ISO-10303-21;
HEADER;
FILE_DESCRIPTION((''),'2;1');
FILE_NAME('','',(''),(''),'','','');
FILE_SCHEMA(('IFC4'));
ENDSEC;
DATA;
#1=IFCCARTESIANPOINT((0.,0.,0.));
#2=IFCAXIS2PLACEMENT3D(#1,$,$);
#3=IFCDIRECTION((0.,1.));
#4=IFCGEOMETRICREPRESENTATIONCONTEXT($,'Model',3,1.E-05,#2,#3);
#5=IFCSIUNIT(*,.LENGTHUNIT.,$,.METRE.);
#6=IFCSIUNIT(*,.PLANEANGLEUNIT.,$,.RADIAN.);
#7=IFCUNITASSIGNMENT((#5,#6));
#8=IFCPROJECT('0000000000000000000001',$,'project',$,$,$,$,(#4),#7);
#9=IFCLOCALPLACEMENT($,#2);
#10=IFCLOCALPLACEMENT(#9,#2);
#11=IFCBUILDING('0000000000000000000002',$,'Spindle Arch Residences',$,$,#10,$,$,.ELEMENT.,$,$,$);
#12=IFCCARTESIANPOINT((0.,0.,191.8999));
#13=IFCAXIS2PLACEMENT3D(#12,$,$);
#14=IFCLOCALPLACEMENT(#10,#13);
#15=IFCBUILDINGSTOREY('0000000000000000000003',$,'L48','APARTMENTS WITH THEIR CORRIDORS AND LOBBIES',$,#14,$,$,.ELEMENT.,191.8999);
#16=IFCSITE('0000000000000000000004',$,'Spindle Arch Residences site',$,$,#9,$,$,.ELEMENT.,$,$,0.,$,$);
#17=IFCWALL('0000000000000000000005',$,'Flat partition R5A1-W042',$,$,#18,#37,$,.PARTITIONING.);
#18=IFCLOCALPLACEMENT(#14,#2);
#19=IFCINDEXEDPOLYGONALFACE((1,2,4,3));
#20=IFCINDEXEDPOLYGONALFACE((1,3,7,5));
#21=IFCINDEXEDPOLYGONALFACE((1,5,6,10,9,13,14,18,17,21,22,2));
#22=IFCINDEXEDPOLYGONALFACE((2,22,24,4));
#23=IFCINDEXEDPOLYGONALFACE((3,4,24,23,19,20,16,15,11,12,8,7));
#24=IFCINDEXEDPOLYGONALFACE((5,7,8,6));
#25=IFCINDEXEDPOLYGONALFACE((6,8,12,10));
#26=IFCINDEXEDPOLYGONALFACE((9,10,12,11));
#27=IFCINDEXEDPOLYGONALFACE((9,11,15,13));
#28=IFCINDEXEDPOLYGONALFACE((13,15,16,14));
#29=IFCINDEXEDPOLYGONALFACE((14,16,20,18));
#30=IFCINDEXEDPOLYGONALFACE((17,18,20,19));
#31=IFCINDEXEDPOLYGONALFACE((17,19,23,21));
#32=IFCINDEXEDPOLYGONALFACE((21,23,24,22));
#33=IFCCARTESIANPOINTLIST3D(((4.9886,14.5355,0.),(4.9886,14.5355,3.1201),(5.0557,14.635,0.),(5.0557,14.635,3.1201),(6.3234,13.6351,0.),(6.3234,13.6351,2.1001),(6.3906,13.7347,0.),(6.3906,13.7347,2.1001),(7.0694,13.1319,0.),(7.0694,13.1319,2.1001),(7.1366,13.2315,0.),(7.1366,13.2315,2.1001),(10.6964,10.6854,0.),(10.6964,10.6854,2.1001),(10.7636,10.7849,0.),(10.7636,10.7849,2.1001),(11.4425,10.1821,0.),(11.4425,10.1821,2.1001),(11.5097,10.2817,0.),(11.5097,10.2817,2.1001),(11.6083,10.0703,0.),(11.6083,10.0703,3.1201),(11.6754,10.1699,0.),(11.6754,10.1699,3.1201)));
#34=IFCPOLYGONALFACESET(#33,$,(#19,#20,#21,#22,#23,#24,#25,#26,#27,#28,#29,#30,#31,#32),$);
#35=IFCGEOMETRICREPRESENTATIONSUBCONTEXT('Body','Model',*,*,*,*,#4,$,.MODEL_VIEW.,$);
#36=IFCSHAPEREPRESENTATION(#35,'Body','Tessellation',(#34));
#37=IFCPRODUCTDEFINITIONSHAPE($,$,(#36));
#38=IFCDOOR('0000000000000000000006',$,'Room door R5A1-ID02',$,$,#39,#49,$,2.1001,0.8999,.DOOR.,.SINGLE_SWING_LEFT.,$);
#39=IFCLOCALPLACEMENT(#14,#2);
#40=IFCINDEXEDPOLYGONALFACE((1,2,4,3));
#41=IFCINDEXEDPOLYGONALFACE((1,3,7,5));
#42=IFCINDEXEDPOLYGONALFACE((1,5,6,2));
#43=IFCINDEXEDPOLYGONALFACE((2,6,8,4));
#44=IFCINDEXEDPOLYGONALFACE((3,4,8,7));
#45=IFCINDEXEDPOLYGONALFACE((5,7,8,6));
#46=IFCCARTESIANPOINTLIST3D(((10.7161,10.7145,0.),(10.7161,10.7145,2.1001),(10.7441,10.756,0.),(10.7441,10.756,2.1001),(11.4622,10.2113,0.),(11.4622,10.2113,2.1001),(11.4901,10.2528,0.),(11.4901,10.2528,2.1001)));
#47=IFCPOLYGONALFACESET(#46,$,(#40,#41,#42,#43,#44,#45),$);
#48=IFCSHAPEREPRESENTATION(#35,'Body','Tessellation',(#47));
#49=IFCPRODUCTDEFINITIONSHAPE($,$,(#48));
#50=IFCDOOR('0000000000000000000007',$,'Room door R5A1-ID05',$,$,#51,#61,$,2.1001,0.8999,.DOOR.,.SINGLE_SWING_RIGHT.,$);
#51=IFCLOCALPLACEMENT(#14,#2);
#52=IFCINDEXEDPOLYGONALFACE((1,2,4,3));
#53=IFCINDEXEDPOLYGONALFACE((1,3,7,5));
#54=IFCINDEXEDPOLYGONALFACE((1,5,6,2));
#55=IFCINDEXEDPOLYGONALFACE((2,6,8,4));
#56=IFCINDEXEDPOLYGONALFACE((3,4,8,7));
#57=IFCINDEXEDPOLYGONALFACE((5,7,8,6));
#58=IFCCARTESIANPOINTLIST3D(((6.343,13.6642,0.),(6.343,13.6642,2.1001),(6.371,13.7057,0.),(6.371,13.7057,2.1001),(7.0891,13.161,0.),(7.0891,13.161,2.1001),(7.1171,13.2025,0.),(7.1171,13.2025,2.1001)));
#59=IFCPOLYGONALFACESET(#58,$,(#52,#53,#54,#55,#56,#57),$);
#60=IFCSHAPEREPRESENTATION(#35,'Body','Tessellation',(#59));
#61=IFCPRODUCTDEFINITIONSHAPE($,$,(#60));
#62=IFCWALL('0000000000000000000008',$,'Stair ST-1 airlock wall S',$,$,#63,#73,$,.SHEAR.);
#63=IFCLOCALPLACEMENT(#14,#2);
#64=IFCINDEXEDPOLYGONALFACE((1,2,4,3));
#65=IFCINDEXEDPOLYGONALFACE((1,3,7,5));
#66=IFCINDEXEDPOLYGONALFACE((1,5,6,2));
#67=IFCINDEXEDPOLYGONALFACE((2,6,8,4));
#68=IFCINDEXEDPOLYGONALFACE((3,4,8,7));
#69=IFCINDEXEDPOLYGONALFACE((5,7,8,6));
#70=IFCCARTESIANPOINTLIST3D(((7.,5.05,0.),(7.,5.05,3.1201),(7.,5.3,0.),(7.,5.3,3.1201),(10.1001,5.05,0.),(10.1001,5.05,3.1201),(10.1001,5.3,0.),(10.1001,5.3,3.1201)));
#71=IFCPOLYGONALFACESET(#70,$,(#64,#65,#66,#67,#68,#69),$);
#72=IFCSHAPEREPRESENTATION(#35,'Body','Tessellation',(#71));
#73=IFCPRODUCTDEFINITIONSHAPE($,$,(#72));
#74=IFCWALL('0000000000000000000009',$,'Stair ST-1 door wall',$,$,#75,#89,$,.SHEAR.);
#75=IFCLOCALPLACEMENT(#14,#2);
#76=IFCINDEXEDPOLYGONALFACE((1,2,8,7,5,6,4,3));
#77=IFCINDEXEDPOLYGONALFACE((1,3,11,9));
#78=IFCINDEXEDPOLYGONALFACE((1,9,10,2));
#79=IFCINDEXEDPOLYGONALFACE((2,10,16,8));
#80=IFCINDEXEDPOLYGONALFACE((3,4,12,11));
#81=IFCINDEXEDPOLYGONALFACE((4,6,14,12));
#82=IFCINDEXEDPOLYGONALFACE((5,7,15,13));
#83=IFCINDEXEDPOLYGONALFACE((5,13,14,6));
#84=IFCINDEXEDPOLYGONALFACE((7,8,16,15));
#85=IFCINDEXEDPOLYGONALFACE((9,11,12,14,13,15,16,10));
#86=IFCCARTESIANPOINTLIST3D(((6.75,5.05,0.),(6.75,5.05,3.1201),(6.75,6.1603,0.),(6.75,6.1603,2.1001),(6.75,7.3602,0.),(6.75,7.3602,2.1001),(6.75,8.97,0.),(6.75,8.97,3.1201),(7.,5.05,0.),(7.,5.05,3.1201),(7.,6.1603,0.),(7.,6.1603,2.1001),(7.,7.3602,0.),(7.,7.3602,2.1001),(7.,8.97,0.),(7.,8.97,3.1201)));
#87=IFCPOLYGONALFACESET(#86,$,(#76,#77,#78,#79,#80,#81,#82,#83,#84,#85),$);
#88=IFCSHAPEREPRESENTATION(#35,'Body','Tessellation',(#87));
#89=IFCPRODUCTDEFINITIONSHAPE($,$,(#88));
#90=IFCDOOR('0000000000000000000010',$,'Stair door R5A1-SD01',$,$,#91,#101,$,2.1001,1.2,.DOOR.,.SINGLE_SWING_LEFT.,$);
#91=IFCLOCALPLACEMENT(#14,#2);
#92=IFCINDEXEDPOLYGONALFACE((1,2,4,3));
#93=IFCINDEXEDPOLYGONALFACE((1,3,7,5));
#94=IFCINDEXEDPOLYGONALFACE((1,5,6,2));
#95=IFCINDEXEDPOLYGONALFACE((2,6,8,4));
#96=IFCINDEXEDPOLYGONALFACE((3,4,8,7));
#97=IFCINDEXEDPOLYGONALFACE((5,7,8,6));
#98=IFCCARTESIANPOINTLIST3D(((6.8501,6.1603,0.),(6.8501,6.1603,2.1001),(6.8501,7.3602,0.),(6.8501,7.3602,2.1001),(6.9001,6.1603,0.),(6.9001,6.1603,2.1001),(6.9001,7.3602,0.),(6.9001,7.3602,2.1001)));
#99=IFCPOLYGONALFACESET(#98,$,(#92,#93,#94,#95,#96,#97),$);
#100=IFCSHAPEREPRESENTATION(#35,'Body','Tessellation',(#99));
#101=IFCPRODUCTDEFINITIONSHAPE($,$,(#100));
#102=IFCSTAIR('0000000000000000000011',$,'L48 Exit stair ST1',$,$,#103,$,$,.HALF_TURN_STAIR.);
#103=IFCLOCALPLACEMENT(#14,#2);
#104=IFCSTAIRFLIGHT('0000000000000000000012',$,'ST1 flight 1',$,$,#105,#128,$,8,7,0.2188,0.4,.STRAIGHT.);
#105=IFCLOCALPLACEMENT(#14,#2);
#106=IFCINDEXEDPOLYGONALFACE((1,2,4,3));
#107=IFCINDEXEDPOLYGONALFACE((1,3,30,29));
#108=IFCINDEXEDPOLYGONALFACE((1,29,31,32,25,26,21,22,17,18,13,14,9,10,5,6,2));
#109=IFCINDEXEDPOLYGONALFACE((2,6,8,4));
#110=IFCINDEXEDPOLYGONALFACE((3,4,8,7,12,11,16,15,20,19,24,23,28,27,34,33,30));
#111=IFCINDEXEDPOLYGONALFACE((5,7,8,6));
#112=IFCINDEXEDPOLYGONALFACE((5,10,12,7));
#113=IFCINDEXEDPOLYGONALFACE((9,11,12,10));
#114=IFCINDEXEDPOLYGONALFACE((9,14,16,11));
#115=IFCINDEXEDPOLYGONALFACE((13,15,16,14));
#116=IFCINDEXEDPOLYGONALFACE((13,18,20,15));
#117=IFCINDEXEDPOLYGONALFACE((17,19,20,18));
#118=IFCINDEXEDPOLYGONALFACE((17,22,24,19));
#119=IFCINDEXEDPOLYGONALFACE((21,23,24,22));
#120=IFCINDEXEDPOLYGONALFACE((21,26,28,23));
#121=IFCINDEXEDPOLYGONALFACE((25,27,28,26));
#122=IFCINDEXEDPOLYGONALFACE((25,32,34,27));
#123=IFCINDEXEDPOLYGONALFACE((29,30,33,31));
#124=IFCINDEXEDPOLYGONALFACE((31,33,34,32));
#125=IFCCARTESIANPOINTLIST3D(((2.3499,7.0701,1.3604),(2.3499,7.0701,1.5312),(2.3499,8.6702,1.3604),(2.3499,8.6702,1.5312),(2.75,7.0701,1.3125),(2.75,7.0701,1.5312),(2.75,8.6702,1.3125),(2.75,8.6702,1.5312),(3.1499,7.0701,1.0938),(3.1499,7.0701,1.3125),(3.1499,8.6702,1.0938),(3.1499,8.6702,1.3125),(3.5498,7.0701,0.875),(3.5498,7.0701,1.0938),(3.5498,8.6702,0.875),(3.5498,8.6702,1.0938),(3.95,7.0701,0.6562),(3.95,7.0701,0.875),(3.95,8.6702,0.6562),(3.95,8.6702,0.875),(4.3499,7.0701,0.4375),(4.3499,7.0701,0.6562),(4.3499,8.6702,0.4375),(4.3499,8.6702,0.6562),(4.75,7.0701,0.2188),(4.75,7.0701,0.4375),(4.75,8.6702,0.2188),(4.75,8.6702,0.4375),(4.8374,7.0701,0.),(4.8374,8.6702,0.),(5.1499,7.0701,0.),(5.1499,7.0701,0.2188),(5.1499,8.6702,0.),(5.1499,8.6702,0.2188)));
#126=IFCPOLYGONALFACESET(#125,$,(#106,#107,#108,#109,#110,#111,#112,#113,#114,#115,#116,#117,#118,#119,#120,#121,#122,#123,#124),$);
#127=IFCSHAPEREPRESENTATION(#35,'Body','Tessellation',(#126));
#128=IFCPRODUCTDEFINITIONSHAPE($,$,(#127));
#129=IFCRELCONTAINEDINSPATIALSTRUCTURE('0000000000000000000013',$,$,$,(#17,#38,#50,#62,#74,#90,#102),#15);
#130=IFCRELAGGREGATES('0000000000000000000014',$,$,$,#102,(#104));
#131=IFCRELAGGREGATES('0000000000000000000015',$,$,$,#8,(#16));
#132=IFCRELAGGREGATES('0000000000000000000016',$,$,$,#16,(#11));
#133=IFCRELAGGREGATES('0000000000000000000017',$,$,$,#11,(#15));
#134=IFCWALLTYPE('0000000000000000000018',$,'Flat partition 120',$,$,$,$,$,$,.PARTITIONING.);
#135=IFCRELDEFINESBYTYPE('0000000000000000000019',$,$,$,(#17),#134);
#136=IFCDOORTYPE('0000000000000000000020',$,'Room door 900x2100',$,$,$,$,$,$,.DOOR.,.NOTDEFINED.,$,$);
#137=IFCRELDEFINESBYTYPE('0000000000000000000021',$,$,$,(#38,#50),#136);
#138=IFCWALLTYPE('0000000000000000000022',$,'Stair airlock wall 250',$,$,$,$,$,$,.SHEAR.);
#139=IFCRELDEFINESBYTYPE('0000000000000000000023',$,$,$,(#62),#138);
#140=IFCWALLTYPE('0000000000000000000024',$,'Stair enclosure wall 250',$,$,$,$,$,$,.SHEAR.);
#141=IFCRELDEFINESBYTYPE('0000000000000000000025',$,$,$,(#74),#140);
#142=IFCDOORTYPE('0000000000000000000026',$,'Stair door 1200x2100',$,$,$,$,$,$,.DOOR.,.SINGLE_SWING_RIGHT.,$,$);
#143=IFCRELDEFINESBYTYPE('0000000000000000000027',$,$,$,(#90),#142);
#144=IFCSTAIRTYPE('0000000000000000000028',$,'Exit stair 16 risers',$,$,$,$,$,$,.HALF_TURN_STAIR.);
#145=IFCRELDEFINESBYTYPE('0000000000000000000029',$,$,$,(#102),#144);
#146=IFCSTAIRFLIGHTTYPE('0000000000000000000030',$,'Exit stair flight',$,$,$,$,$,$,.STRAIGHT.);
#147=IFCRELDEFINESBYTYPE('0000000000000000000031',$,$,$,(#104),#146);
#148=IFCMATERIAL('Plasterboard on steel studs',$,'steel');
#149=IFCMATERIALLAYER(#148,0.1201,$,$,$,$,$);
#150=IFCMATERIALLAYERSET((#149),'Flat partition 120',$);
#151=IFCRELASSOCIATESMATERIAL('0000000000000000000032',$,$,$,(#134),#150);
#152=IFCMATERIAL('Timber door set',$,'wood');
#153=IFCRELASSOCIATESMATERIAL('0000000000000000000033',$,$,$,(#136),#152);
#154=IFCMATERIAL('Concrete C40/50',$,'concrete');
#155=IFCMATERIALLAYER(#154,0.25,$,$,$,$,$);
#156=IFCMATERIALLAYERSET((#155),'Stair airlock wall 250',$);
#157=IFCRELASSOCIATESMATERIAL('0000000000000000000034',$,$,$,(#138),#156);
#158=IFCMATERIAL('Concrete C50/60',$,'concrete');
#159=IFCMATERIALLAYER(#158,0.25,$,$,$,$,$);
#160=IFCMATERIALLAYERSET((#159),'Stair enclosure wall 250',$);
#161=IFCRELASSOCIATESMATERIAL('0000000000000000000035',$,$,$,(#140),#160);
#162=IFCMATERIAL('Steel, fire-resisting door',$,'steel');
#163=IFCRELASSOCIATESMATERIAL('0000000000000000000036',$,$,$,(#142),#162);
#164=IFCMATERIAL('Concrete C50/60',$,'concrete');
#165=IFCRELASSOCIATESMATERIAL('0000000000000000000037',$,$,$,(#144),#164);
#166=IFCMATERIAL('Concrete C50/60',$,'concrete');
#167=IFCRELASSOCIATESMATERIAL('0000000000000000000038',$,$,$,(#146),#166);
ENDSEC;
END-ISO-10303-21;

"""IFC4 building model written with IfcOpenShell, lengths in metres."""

from ifc_helpers import new_model, si_unit, direction, frame, frame_2d, origin, place, context, subcontext, project, spatial, polyline, rectangle, outline, extrude, material, layer, layer_set, type_object, element, fill, aggregate, save


model = new_model("IFC4")

# Units and contexts
model_context = context("Model", 3, precision=1e-05, world=origin(), true_north=direction((0.0, 1.0)))
body_context = subcontext(model_context, "Body", "Model", "MODEL_VIEW")
ifc_project = project(units=[si_unit("LENGTHUNIT", "METRE"), si_unit("PLANEANGLEUNIT", "RADIAN")], contexts=[model_context])

# Site, building, storey
site_placement = place(None, origin())
site = spatial("IfcSite", under=ifc_project, at=site_placement, Name="Spindle Arch Residences site", CompositionType="ELEMENT", RefElevation=0.0)
building_placement = place(site_placement, origin())
building = spatial("IfcBuilding", under=site, at=building_placement, Name="Spindle Arch Residences", CompositionType="ELEMENT")
storey_placement = place(building_placement, frame((0.0, 0.0, 191.8999)))
storey = spatial("IfcBuildingStorey", under=building, at=storey_placement, Name="L48", Description="APARTMENTS WITH THEIR CORRIDORS AND LOBBIES", CompositionType="ELEMENT", Elevation=191.8999)

# Wall, openings, doors
ifc_material_1 = material(Name="Plasterboard on steel studs", Category="steel")
ifc_layer_1 = layer(ifc_material_1, 0.1201)
ifc_layer_set_1 = layer_set([ifc_layer_1], Name="Flat partition 120")
wall_type_1 = type_object("IfcWallType", Name="Flat partition 120", PredefinedType="PARTITIONING", material=ifc_layer_set_1)
wall_1_placement = place(storey_placement, frame((11.6418, 10.1201, 0.0), z_axis=(0.0, 0.0, 1.0), x_axis=(-0.829032, 0.559201, 0.0)))
wall_1 = element("IfcWall", 1, at=wall_1_placement, inside=storey, type_object=wall_type_1, Name="Flat partition R5A1-W042", PredefinedType="PARTITIONING", context=body_context, shape_type="SweptSolid", body=[
    extrude(rectangle(XDim=7.9849, YDim=0.1201, at=frame_2d((3.9924, 0.0))), origin(), (0.0, 0.0, 1.0), 3.1201),
])
opening_1_placement = place(wall_1_placement, frame((0.2, 0.0, 0.0)))
opening_1 = element("IfcOpeningElement", 2, at=opening_1_placement, cuts=wall_1, PredefinedType="OPENING", context=body_context, shape_type="SweptSolid", body=[
    extrude(rectangle(XDim=0.8999, YDim=2.1001, at=frame_2d((0.45, 1.05))), frame((0.0, 0.0701, 0.0), z_axis=(0.0, -1.0, 0.0), x_axis=(1.0, 0.0, 0.0)), (0.0, 0.0, 1.0), 0.1401),
])
opening_2_placement = place(wall_1_placement, frame((5.4749, 0.0, 0.0)))
opening_2 = element("IfcOpeningElement", 3, at=opening_2_placement, cuts=wall_1, PredefinedType="OPENING", context=body_context, shape_type="SweptSolid", body=[
    extrude(rectangle(XDim=0.8999, YDim=2.1001, at=frame_2d((0.45, 1.05))), frame((0.0, 0.0701, 0.0), z_axis=(0.0, -1.0, 0.0), x_axis=(1.0, 0.0, 0.0)), (0.0, 0.0, 1.0), 0.1401),
])
ifc_material_2 = material(Name="Timber door set", Category="wood")
door_type_1 = type_object("IfcDoorType", Name="Room door 900x2100", OperationType="NOTDEFINED", PredefinedType="DOOR", material=ifc_material_2)
door_1_placement = place(opening_1_placement, origin())
door_1 = element("IfcDoor", 4, at=door_1_placement, inside=storey, type_object=door_type_1, Name="Room door R5A1-ID02", OperationType="SINGLE_SWING_LEFT", OverallHeight=2.1001, OverallWidth=0.8999, PredefinedType="DOOR", context=body_context, shape_type="SweptSolid", body=[
    extrude(rectangle(XDim=0.8999, YDim=2.1001, at=frame_2d((0.45, 1.05))), frame((0.0, 0.0249, 0.0), z_axis=(0.0, -1.0, 0.0), x_axis=(1.0, 0.0, 0.0)), (0.0, 0.0, 1.0), 0.05),
])
fill(opening_1, door_1)
door_2_placement = place(opening_2_placement, origin())
door_2 = element("IfcDoor", 5, at=door_2_placement, inside=storey, type_object=door_type_1, Name="Room door R5A1-ID05", OperationType="SINGLE_SWING_RIGHT", OverallHeight=2.1001, OverallWidth=0.8999, PredefinedType="DOOR", context=body_context, shape_type="SweptSolid", body=[
    extrude(rectangle(XDim=0.8999, YDim=2.1001, at=frame_2d((0.45, 1.05))), frame((0.0, 0.0249, 0.0), z_axis=(0.0, -1.0, 0.0), x_axis=(1.0, 0.0, 0.0)), (0.0, 0.0, 1.0), 0.05),
])
fill(opening_2, door_2)

# Wall
ifc_material_3 = material(Name="Concrete C40/50", Category="concrete")
ifc_layer_2 = layer(ifc_material_3, 0.25)
ifc_layer_set_2 = layer_set([ifc_layer_2], Name="Stair airlock wall 250")
wall_type_2 = type_object("IfcWallType", Name="Stair airlock wall 250", PredefinedType="SHEAR", material=ifc_layer_set_2)
wall_2_placement = place(storey_placement, frame((7.0, 5.175, 0.0), z_axis=(0.0, 0.0, 1.0), x_axis=(1.0, 0.0, 0.0)))
element("IfcWall", 6, at=wall_2_placement, inside=storey, type_object=wall_type_2, Name="Stair ST-1 airlock wall S", PredefinedType="SHEAR", context=body_context, shape_type="SweptSolid", body=[
    extrude(rectangle(XDim=3.1001, YDim=0.25, at=frame_2d((1.55, 0.0))), origin(), (0.0, 0.0, 1.0), 3.1201),
])

# Wall, opening, door
ifc_material_4 = material(Name="Concrete C50/60", Category="concrete")
ifc_layer_3 = layer(ifc_material_4, 0.25)
ifc_layer_set_3 = layer_set([ifc_layer_3], Name="Stair enclosure wall 250")
wall_type_3 = type_object("IfcWallType", Name="Stair enclosure wall 250", PredefinedType="SHEAR", material=ifc_layer_set_3)
wall_3_placement = place(storey_placement, frame((6.875, 5.05, 0.0), z_axis=(0.0, 0.0, 1.0), x_axis=(0.0, 1.0, 0.0)))
wall_3 = element("IfcWall", 7, at=wall_3_placement, inside=storey, type_object=wall_type_3, Name="Stair ST-1 door wall", PredefinedType="SHEAR", context=body_context, shape_type="SweptSolid", body=[
    extrude(rectangle(XDim=3.9199, YDim=0.25, at=frame_2d((1.96, 0.0))), origin(), (0.0, 0.0, 1.0), 3.1201),
])
opening_3_placement = place(wall_3_placement, frame((1.1101, 0.0, 0.0)))
opening_3 = element("IfcOpeningElement", 8, at=opening_3_placement, cuts=wall_3, PredefinedType="OPENING", context=body_context, shape_type="SweptSolid", body=[
    extrude(rectangle(XDim=1.2, YDim=2.1001, at=frame_2d((0.6001, 1.05))), frame((0.0, 0.135, 0.0), z_axis=(0.0, -1.0, 0.0), x_axis=(1.0, 0.0, 0.0)), (0.0, 0.0, 1.0), 0.27),
])
ifc_material_5 = material(Name="Steel, fire-resisting door", Category="steel")
door_type_2 = type_object("IfcDoorType", Name="Stair door 1200x2100", OperationType="SINGLE_SWING_RIGHT", PredefinedType="DOOR", material=ifc_material_5)
door_3_placement = place(opening_3_placement, origin())
door_3 = element("IfcDoor", 9, at=door_3_placement, inside=storey, type_object=door_type_2, Name="Stair door R5A1-SD01", OperationType="SINGLE_SWING_LEFT", OverallHeight=2.1001, OverallWidth=1.2, PredefinedType="DOOR", context=body_context, shape_type="SweptSolid", body=[
    extrude(rectangle(XDim=1.2, YDim=2.1001, at=frame_2d((0.6001, 1.05))), frame((0.0, 0.0249, 0.0), z_axis=(0.0, -1.0, 0.0), x_axis=(1.0, 0.0, 0.0)), (0.0, 0.0, 1.0), 0.05),
])
fill(opening_3, door_3)

# Stair, stair flight
ifc_material_6 = material(Name="Concrete C50/60", Category="concrete")
stair_type = type_object("IfcStairType", Name="Exit stair 16 risers", PredefinedType="HALF_TURN_STAIR", material=ifc_material_6)
stair_placement = place(storey_placement, origin())
stair = element("IfcStair", 10, at=stair_placement, inside=storey, type_object=stair_type, Name="L48 Exit stair ST1", PredefinedType="HALF_TURN_STAIR")
ifc_material_7 = material(Name="Concrete C50/60", Category="concrete")
stair_flight_type = type_object("IfcStairFlightType", Name="Exit stair flight", PredefinedType="STRAIGHT", material=ifc_material_7)
stair_flight_placement = place(storey_placement, frame((5.1499, 7.8701, 0.0), z_axis=(0.0, 0.0, 1.0), x_axis=(-1.0, 0.0, 0.0)))
stair_flight = element("IfcStairFlight", 11, at=stair_flight_placement, type_object=stair_flight_type, Name="ST1 flight 1", NumberOfRisers=8, NumberOfTreads=7, PredefinedType="STRAIGHT", RiserHeight=0.2188, TreadLength=0.4, context=body_context, shape_type="SweptSolid", body=[
    extrude(outline(polyline([(0.0, 0.0), (0.0, 0.2188), (0.3999, 0.2188), (0.3999, 0.4375), (0.8, 0.4375), (0.8, 0.6562), (1.2, 0.6562), (1.2, 0.875), (1.6001, 0.875), (1.6001, 1.0938), (2.0, 1.0938), (2.0, 1.3125), (2.3999, 1.3125), (2.3999, 1.5312), (2.8, 1.5312), (2.8, 1.75), (2.8, 1.3604), (0.3125, 0.0), (0.0, 0.0)])), frame((0.0, 0.8, 0.0), z_axis=(0.0, -1.0, 0.0), x_axis=(1.0, 0.0, 0.0)), (0.0, 0.0, 1.0), 1.6001),
])
aggregate(stair, [stair_flight])

save(model, "model.ifc")
